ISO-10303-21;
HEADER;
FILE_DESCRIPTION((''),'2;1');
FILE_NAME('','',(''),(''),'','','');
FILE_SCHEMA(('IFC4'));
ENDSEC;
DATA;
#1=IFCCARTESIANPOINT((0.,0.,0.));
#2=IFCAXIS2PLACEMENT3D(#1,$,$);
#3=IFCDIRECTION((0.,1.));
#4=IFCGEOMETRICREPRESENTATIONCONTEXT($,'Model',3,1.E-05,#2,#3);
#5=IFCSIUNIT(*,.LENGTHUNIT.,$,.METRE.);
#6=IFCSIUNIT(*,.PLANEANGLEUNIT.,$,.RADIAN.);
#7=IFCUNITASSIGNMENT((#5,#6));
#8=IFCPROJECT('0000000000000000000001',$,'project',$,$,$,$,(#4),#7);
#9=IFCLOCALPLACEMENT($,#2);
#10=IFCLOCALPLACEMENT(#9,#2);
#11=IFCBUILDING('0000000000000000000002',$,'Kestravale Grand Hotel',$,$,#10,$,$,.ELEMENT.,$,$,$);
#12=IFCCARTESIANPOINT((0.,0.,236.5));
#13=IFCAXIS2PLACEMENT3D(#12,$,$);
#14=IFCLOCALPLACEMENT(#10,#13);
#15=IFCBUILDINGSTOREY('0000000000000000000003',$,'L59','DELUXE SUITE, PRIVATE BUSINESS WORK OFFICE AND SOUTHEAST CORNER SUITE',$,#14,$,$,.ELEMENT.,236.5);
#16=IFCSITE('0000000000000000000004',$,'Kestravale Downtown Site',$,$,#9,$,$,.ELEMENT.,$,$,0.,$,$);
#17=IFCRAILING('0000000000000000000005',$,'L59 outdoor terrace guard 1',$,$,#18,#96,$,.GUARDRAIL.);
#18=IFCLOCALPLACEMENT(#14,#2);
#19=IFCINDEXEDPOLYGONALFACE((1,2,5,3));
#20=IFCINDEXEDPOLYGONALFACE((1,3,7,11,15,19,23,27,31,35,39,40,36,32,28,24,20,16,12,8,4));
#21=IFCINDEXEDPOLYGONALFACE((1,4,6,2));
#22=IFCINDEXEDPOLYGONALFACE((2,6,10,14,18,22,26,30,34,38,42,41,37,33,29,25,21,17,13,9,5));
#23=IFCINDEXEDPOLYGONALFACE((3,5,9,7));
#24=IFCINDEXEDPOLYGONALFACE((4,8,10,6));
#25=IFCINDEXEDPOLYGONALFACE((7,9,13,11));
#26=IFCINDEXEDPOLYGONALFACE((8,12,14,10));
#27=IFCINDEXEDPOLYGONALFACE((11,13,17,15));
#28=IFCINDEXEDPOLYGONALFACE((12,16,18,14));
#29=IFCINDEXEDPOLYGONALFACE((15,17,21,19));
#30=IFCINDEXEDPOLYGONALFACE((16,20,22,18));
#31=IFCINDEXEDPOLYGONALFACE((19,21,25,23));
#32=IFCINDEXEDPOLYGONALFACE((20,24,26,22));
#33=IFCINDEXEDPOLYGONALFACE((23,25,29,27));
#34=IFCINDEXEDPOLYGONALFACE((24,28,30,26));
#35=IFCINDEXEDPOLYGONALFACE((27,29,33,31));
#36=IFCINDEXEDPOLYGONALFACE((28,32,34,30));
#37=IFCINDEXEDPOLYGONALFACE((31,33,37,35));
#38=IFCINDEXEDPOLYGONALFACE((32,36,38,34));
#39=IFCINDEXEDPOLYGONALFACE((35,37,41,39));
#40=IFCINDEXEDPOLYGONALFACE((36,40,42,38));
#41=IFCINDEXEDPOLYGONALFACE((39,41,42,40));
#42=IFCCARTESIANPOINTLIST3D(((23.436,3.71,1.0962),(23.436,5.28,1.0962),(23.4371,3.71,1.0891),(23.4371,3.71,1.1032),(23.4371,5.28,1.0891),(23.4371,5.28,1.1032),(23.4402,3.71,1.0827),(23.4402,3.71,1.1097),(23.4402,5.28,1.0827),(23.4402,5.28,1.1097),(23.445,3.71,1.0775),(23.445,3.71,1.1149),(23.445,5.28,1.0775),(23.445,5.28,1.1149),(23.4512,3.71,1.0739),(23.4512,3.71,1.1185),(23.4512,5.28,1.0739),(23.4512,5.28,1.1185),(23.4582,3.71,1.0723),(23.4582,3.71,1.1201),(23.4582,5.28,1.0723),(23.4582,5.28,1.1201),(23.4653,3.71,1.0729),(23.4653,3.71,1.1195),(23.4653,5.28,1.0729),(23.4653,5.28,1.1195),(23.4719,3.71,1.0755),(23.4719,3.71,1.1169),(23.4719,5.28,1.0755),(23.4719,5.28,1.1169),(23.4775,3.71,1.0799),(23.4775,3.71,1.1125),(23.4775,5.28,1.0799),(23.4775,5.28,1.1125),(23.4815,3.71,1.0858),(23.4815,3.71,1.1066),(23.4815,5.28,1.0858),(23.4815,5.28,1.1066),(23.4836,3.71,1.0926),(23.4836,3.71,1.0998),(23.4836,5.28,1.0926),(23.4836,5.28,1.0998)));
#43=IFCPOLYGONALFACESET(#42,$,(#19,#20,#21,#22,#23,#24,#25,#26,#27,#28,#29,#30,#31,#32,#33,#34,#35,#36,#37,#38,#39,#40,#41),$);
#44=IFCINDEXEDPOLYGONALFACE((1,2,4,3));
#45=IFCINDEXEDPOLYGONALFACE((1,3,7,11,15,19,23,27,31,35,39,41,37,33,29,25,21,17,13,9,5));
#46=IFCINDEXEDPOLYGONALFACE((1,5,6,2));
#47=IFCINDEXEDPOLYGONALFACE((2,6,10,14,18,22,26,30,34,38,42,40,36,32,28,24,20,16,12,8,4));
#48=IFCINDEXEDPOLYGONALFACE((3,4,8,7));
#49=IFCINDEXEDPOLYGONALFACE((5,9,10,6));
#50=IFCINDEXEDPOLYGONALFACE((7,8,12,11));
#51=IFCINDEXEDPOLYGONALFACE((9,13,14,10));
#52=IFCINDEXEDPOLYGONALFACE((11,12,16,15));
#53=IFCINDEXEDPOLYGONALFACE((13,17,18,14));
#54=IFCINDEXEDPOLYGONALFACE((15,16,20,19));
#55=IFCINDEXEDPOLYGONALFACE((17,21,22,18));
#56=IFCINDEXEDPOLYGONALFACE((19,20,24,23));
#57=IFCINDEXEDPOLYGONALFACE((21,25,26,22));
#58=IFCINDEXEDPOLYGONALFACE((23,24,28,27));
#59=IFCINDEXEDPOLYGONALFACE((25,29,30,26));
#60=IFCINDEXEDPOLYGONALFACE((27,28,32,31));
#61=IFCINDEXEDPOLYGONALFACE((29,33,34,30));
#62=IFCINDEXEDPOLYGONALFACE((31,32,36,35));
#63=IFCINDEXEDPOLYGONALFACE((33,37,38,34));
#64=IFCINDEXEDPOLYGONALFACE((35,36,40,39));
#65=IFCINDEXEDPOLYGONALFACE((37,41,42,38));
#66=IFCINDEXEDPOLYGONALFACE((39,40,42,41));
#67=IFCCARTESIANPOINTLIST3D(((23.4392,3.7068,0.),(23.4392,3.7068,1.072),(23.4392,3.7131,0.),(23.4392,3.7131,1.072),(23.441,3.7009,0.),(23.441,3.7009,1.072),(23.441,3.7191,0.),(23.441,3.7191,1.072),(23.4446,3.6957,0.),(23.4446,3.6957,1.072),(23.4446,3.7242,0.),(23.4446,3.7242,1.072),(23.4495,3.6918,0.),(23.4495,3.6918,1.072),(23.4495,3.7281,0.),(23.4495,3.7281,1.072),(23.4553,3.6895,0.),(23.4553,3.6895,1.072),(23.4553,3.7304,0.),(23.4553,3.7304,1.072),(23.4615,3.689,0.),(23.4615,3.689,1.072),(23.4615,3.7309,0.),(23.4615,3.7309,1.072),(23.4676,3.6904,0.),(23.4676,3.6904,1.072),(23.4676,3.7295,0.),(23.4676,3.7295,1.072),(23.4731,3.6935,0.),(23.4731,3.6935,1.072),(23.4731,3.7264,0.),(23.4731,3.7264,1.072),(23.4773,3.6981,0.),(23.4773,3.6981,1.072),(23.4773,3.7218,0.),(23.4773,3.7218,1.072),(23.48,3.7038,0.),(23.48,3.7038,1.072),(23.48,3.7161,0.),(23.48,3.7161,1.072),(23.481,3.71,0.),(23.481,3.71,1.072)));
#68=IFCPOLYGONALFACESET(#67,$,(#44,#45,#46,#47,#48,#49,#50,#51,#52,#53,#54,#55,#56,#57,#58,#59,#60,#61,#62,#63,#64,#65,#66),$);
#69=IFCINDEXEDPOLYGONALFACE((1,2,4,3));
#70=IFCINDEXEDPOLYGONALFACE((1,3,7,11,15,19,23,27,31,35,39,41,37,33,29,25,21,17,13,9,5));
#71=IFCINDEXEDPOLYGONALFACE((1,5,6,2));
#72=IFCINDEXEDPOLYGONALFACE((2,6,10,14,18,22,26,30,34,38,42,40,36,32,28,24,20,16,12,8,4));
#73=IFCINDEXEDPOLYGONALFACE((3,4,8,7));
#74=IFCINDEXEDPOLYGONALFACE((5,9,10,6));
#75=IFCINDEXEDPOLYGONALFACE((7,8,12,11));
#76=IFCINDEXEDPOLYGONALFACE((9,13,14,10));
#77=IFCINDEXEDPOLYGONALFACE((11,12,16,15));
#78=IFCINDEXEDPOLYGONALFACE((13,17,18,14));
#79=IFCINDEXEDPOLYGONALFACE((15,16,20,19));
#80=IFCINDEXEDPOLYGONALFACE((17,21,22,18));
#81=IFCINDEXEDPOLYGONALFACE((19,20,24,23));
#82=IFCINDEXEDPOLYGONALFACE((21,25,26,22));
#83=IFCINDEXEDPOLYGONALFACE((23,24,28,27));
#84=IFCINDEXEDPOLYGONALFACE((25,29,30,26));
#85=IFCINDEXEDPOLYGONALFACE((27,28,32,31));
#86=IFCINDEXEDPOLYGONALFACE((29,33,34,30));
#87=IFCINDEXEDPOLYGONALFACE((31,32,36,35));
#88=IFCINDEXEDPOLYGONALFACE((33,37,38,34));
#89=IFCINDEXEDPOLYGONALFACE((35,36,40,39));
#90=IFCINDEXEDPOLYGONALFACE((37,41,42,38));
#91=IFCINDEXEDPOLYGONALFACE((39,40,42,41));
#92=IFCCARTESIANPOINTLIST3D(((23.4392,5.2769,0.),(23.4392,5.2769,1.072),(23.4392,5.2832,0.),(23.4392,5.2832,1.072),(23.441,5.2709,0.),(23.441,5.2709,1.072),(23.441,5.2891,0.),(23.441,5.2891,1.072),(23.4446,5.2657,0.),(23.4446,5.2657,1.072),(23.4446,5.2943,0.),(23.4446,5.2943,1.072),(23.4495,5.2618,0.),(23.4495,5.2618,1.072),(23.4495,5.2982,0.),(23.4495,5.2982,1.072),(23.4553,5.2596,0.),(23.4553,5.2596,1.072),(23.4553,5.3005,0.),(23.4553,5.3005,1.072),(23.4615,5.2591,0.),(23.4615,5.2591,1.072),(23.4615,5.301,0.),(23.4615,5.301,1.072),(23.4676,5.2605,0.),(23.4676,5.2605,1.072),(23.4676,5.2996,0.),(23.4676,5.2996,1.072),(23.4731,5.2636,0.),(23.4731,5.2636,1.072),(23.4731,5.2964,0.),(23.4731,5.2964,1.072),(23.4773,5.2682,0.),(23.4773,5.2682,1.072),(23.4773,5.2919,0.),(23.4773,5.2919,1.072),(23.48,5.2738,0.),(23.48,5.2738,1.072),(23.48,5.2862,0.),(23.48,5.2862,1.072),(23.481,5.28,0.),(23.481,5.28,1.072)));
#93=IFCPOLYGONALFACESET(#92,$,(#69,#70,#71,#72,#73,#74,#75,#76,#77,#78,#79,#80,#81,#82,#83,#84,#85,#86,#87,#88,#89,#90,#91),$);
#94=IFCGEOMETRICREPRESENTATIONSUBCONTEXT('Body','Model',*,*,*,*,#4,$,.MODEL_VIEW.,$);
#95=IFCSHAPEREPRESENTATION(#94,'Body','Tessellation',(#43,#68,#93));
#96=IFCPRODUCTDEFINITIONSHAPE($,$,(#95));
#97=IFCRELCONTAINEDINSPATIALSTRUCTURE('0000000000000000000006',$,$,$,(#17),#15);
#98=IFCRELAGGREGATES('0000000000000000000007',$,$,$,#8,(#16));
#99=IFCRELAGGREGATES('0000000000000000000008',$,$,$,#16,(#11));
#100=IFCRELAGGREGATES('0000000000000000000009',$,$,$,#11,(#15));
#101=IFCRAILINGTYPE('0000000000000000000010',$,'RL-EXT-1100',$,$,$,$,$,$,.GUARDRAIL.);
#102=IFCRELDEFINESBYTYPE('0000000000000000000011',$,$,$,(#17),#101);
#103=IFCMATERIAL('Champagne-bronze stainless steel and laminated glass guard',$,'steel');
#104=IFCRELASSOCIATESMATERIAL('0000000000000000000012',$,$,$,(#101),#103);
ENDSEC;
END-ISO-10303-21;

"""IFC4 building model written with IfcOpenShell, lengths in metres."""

from ifc_helpers import new_model, si_unit, direction, frame, origin, origin_2d, place, context, subcontext, project, spatial, circle, extrude, material, type_object, element, save


model = new_model("IFC4")

# Units and contexts
model_context = context("Model", 3, precision=1e-05, world=origin(), true_north=direction((0.0, 1.0)))
body_context = subcontext(model_context, "Body", "Model", "MODEL_VIEW")
ifc_project = project(units=[si_unit("LENGTHUNIT", "METRE"), si_unit("PLANEANGLEUNIT", "RADIAN")], contexts=[model_context])

# Site, building, storey
site_placement = place(None, origin())
site = spatial("IfcSite", under=ifc_project, at=site_placement, Name="Kestravale Downtown Site", CompositionType="ELEMENT", RefElevation=0.0)
building_placement = place(site_placement, origin())
building = spatial("IfcBuilding", under=site, at=building_placement, Name="Kestravale Grand Hotel", CompositionType="ELEMENT")
storey_placement = place(building_placement, frame((0.0, 0.0, 236.5)))
storey = spatial("IfcBuildingStorey", under=building, at=storey_placement, Name="L59", Description="DELUXE SUITE, PRIVATE BUSINESS WORK OFFICE AND SOUTHEAST CORNER SUITE", CompositionType="ELEMENT", Elevation=236.5)

# Railing
ifc_material_1 = material(Name="Champagne-bronze stainless steel and laminated glass guard", Category="steel")
railing_type = type_object("IfcRailingType", Name="RL-EXT-1100", PredefinedType="GUARDRAIL", material=ifc_material_1)
railing_1_placement = place(storey_placement, frame((23.46, 3.71, 0.0)))
element("IfcRailing", 1, at=railing_1_placement, inside=storey, type_object=railing_type, Name="L59 outdoor terrace guard 1", PredefinedType="GUARDRAIL", context=body_context, shape_type="SweptSolid", body=[
    extrude(circle(Radius=0.0239, at=origin_2d()), frame((0.0, 0.0, 1.0962), z_axis=(0.0, 1.0, 0.0), x_axis=(-1.0, 0.0, 0.0)), (0.0, 0.0, 1.0), 1.5701),
    extrude(circle(Radius=0.021, at=origin_2d()), origin(), (0.0, 0.0, 1.0), 1.072),
    extrude(circle(Radius=0.021, at=origin_2d()), frame((0.0, 1.5701, 0.0)), (0.0, 0.0, 1.0), 1.072),
])

save(model, "model.ifc")
